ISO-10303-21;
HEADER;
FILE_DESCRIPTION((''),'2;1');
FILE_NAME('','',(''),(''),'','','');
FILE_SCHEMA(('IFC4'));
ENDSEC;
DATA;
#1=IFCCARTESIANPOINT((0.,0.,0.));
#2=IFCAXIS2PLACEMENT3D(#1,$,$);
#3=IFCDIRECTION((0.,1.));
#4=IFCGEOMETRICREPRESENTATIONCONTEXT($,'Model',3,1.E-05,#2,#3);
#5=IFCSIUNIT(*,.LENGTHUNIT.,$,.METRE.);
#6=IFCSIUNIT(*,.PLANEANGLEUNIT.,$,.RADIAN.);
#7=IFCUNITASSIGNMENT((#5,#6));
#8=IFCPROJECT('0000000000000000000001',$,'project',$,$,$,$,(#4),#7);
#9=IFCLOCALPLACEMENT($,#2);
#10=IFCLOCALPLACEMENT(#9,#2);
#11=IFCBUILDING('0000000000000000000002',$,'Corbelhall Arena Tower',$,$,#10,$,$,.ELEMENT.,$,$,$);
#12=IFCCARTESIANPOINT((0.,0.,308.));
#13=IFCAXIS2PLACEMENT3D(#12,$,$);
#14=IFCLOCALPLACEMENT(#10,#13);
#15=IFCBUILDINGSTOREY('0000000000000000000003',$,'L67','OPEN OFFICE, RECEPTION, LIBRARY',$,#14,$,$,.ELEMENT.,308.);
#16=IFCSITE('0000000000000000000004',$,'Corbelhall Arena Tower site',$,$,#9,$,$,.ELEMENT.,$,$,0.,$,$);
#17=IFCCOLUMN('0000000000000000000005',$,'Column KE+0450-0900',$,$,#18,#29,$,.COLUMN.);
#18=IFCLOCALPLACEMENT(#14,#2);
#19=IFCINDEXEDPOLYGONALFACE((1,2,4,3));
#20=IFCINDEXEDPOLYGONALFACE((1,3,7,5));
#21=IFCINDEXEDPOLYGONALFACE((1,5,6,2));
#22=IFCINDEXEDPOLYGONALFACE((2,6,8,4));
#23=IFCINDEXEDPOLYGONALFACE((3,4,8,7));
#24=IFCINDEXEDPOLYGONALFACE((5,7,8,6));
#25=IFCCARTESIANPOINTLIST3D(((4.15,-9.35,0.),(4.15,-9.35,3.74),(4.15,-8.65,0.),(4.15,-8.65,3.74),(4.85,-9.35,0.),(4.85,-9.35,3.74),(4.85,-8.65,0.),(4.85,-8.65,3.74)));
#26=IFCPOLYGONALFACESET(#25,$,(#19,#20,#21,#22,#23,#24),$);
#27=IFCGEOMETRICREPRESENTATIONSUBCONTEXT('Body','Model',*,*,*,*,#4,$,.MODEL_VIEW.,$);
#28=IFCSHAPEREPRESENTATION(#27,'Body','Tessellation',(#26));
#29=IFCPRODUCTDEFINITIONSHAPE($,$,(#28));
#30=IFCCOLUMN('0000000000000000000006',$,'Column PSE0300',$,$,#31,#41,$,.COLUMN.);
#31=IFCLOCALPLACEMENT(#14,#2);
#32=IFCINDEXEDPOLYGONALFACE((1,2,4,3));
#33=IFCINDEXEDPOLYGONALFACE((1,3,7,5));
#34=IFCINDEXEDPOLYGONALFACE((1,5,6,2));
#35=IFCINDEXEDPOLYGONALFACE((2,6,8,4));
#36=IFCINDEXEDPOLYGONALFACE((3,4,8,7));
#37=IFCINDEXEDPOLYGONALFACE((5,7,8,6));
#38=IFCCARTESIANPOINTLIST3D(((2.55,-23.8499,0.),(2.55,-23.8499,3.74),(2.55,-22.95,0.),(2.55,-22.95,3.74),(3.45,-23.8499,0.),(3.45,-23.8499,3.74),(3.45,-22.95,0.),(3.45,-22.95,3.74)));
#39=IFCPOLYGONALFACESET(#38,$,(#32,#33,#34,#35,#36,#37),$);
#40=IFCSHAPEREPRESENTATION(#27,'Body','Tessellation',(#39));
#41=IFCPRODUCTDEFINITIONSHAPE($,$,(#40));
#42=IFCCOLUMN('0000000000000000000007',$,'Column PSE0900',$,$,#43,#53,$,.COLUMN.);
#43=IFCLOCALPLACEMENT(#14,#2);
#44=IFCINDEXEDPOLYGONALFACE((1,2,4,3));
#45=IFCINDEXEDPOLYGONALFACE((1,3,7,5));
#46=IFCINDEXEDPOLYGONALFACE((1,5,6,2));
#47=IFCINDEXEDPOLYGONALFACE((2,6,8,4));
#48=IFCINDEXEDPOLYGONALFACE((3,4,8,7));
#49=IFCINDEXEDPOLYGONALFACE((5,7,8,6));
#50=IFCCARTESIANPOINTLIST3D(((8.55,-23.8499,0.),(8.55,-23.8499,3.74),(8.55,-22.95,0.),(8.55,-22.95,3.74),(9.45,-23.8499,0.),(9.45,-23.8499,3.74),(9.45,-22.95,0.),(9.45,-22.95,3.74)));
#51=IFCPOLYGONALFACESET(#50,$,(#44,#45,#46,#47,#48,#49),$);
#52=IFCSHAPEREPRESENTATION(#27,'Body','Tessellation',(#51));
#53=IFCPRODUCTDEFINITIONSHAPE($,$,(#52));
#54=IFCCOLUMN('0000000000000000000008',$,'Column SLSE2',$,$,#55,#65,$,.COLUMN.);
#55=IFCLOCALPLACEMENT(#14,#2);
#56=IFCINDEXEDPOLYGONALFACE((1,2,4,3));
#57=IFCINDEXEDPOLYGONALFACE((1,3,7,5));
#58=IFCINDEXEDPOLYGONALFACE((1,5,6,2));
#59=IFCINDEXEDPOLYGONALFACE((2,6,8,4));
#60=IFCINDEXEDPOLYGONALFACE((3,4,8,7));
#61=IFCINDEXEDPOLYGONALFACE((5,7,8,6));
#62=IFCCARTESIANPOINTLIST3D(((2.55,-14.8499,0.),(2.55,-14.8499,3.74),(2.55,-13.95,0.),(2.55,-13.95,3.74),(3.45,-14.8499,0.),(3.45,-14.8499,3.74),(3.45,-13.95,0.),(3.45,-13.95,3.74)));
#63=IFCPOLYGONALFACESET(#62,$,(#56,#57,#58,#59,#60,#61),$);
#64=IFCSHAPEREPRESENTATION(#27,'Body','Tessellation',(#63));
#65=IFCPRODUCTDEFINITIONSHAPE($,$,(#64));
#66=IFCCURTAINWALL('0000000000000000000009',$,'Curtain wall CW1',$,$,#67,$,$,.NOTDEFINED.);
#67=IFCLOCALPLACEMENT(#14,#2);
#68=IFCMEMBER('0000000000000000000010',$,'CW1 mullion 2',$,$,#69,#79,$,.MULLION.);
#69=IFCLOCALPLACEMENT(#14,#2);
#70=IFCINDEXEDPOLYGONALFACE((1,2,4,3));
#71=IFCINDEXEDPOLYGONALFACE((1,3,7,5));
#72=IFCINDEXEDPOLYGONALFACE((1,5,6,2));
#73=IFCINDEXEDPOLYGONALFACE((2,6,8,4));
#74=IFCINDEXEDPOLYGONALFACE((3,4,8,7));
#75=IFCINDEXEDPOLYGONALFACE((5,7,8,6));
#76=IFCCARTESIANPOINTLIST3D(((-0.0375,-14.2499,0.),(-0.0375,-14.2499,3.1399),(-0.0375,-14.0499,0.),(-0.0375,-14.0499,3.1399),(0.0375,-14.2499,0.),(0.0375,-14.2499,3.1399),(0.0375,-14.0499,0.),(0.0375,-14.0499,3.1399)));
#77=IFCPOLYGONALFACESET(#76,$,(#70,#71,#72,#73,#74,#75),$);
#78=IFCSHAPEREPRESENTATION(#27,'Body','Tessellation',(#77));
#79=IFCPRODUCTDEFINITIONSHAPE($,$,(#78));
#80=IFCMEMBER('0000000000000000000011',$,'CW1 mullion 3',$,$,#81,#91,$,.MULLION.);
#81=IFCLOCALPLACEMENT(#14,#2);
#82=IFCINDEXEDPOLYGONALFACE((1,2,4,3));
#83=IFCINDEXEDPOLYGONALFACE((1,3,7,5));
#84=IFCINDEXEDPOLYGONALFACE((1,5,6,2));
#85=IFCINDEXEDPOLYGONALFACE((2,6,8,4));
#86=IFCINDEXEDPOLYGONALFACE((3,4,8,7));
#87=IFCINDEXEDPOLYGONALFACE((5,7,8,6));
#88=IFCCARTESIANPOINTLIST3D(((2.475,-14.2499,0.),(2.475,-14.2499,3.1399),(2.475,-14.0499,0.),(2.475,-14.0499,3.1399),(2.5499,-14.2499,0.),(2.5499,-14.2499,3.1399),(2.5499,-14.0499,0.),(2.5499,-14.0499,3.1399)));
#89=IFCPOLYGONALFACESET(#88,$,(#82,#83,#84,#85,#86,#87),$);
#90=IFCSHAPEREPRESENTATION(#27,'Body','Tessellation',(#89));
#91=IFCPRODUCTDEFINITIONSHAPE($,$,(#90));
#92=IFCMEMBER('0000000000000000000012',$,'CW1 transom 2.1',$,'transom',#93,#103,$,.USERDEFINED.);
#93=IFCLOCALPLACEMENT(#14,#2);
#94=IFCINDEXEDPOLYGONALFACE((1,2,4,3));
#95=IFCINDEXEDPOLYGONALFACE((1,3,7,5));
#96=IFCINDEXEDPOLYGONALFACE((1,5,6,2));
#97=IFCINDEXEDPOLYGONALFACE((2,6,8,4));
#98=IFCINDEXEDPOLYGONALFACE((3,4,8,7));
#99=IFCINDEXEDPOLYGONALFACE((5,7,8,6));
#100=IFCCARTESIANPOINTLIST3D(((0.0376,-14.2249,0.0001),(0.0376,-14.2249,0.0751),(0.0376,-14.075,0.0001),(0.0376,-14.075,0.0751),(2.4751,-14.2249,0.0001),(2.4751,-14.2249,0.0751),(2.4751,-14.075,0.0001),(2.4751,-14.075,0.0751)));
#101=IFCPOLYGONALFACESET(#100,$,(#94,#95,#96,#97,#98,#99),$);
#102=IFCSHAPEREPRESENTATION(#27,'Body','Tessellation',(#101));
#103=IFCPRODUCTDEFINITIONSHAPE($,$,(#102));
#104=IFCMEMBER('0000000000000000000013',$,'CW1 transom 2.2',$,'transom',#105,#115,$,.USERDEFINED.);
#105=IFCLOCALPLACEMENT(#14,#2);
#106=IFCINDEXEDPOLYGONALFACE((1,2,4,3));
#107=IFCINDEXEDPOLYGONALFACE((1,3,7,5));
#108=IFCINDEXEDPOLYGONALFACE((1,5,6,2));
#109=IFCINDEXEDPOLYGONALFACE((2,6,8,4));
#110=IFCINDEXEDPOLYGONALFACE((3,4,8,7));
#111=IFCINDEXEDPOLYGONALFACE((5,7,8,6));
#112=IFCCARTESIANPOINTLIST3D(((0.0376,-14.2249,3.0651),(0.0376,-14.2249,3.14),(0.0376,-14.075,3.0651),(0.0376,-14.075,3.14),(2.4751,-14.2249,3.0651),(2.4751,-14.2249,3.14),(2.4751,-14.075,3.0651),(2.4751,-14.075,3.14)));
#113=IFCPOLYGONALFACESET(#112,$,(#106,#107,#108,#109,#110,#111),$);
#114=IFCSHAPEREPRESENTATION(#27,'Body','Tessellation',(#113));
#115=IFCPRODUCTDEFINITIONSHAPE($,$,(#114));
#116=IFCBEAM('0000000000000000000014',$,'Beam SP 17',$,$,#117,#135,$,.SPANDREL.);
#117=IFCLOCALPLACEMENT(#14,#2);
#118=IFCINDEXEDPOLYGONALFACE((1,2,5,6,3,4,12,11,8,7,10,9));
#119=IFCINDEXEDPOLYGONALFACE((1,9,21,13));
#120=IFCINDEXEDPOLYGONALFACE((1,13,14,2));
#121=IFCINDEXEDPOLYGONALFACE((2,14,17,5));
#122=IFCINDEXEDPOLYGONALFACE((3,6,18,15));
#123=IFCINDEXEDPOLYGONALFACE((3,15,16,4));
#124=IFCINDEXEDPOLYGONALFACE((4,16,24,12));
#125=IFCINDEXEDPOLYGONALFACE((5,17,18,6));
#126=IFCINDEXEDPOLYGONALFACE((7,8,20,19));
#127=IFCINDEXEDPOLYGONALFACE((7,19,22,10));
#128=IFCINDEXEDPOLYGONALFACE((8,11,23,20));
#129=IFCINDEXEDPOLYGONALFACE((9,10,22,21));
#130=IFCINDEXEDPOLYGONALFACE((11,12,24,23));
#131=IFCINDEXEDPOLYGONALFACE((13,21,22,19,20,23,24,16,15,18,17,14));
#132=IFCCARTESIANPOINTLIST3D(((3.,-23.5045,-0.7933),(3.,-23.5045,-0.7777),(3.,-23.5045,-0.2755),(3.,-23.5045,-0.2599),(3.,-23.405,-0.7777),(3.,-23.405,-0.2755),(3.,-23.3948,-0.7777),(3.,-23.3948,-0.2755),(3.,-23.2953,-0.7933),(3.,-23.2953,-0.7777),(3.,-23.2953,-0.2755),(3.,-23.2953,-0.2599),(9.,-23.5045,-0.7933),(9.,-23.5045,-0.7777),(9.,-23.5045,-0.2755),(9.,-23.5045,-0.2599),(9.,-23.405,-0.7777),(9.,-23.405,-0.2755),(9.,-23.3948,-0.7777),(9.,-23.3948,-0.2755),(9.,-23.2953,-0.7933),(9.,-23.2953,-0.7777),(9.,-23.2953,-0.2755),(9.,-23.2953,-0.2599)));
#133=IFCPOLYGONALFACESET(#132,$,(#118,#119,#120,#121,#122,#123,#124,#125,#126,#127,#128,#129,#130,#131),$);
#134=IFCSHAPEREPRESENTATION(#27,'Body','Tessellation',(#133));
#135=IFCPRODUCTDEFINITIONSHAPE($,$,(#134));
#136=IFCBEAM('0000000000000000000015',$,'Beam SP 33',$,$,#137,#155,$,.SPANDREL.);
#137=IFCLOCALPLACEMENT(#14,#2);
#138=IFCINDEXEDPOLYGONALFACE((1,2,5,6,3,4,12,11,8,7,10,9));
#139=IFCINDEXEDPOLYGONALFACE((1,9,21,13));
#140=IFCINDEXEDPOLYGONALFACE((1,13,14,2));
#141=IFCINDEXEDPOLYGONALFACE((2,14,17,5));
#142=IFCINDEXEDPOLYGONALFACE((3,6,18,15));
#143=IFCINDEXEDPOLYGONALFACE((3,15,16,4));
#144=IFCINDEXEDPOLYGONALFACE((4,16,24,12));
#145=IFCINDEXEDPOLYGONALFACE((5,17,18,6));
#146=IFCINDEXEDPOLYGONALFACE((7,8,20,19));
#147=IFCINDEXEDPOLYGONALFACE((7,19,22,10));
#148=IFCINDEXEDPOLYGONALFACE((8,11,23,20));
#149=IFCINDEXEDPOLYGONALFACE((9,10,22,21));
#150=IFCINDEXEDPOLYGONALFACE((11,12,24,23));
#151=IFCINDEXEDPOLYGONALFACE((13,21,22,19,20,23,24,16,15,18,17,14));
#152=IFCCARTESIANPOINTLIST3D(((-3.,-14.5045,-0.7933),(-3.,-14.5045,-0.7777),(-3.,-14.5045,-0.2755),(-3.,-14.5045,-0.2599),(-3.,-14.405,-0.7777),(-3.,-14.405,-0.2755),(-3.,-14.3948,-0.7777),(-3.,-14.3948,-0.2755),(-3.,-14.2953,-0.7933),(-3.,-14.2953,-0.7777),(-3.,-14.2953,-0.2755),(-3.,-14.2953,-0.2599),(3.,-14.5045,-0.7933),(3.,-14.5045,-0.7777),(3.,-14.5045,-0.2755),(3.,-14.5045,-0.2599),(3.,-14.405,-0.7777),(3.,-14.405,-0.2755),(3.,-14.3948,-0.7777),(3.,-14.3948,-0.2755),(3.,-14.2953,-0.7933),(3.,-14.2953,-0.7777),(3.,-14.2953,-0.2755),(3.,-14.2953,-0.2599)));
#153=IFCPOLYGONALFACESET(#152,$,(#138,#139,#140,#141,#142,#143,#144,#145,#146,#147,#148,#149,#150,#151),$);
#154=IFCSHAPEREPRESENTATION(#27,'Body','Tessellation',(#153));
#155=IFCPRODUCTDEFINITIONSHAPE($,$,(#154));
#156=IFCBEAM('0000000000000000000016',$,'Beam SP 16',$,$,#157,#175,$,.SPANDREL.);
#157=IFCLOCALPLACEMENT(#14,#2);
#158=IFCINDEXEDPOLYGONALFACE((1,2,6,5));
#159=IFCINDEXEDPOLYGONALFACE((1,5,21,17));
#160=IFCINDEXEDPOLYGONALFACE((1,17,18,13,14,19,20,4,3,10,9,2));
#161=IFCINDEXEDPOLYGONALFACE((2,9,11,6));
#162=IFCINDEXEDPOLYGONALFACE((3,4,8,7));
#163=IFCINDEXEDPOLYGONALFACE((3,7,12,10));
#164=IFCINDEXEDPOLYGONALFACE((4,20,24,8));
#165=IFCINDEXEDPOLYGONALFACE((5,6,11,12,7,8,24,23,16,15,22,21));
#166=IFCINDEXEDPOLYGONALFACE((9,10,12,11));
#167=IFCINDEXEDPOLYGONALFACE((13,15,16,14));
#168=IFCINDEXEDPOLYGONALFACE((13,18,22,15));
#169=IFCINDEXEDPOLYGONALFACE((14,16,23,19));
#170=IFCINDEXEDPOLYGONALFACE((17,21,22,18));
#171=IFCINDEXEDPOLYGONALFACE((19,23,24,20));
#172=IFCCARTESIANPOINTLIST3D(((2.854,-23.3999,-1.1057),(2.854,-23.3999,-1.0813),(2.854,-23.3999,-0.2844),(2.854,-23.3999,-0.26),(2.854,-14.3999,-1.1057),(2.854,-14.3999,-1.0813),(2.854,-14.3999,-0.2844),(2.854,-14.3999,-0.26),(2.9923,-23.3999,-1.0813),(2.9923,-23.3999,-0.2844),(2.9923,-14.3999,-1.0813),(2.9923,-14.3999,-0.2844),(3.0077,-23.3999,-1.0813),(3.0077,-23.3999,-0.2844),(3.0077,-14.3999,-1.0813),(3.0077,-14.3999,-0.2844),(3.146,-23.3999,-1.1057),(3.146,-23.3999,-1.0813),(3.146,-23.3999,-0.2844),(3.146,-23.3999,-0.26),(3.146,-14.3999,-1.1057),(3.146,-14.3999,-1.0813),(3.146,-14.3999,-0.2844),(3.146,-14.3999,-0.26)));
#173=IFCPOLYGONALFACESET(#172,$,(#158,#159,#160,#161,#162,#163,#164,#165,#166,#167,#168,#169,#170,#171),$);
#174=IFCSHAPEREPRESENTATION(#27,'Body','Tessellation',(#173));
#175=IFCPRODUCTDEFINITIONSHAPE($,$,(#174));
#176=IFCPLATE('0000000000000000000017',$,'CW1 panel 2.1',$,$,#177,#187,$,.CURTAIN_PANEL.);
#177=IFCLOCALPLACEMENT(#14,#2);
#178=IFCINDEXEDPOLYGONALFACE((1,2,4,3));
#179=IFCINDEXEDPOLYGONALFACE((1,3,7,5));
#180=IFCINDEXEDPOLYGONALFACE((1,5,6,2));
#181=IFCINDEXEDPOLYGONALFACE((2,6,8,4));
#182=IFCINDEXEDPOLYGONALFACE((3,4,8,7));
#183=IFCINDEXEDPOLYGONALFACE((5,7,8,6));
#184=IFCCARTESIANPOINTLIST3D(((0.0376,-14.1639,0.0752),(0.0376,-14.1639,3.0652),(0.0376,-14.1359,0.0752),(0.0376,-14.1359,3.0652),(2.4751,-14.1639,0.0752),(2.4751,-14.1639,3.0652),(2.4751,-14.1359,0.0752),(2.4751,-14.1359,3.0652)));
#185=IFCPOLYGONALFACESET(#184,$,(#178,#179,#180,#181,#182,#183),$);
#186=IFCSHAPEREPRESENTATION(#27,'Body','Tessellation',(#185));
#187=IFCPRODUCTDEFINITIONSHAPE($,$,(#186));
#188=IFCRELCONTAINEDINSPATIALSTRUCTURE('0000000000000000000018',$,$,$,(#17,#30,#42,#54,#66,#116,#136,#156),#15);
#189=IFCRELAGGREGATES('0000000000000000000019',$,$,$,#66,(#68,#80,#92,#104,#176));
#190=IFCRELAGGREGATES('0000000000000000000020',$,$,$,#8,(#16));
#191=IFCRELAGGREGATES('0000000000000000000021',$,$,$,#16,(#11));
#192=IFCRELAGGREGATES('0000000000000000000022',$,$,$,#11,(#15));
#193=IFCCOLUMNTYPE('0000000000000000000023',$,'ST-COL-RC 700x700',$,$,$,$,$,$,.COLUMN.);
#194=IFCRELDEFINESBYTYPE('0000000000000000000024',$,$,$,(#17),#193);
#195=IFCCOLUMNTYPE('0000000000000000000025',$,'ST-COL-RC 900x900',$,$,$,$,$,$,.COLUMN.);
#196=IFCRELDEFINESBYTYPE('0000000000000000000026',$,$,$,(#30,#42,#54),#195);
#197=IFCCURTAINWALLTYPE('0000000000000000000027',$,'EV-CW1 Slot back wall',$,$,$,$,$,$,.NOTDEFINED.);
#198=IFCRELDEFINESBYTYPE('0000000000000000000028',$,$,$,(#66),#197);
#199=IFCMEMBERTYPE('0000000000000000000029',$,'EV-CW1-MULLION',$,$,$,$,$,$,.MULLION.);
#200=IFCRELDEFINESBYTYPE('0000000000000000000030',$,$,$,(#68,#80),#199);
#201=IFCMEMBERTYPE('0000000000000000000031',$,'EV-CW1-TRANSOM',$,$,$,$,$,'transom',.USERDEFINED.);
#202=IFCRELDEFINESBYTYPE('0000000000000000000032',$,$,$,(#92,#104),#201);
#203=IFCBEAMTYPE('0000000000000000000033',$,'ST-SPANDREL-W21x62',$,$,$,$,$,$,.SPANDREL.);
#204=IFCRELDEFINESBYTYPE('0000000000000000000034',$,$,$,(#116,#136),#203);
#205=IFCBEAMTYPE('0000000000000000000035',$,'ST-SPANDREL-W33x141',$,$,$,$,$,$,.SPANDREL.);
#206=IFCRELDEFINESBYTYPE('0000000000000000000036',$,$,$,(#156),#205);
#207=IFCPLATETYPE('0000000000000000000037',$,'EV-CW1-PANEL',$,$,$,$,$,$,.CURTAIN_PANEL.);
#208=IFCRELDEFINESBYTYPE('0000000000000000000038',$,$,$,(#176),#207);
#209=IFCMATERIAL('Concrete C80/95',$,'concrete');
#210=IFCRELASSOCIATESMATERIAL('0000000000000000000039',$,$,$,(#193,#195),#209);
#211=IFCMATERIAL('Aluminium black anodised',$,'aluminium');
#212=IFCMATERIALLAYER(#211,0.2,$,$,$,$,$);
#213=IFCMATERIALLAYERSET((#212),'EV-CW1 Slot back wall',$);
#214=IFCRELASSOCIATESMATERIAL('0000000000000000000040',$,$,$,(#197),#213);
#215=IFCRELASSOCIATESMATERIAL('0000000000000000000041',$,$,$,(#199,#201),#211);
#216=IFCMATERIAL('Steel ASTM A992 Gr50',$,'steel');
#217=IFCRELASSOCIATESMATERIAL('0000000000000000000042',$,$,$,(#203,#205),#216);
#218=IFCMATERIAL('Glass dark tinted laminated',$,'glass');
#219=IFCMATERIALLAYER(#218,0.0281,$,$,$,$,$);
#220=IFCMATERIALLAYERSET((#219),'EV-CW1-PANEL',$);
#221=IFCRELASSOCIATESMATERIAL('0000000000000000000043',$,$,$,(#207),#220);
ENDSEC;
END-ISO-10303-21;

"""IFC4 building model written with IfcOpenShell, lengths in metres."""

from ifc_helpers import new_model, si_unit, direction, frame, origin, origin_2d, place, context, subcontext, project, spatial, rectangle, i_section, extrude, material, layer, layer_set, material_profile, profile_set, type_object, element, aggregate, save


model = new_model("IFC4")

# Units and contexts
model_context = context("Model", 3, precision=1e-05, world=origin(), true_north=direction((0.0, 1.0)))
body_context = subcontext(model_context, "Body", "Model", "MODEL_VIEW")
ifc_project = project(units=[si_unit("LENGTHUNIT", "METRE"), si_unit("PLANEANGLEUNIT", "RADIAN")], contexts=[model_context])

# Site, building, storey
site_placement = place(None, origin())
site = spatial("IfcSite", under=ifc_project, at=site_placement, Name="Corbelhall Arena Tower site", CompositionType="ELEMENT", RefElevation=0.0)
building_placement = place(site_placement, origin())
building = spatial("IfcBuilding", under=site, at=building_placement, Name="Corbelhall Arena Tower", CompositionType="ELEMENT")
storey_placement = place(building_placement, frame((0.0, 0.0, 308.0)))
storey = spatial("IfcBuildingStorey", under=building, at=storey_placement, Name="L67", Description="OPEN OFFICE, RECEPTION, LIBRARY", CompositionType="ELEMENT", Elevation=308.0)

# Columns
ifc_material_1 = material(Name="Concrete C80/95", Category="concrete")
ifc_material_profile_1 = material_profile(ifc_material_1, rectangle(XDim=0.7, YDim=0.7, at=origin_2d()))
ifc_profile_set_1 = profile_set([ifc_material_profile_1], Name="Concrete C80/95")
column_type_1 = type_object("IfcColumnType", Name="ST-COL-RC 700x700", PredefinedType="COLUMN", material=ifc_profile_set_1)
column_placement = place(storey_placement, frame((4.5, -9.0, 0.0), z_axis=(0.0, 0.0, 1.0), x_axis=(1.0, 0.0, 0.0)))
element("IfcColumn", 1, at=column_placement, inside=storey, type_object=column_type_1, Name="Column KE+0450-0900", PredefinedType="COLUMN", context=body_context, shape_type="SweptSolid", body=[
    extrude(rectangle(XDim=0.7, YDim=0.7, at=origin_2d()), origin(), (0.0, 0.0, 1.0), 3.74),
])
ifc_material_profile_2 = material_profile(ifc_material_1, rectangle(XDim=0.8999, YDim=0.8999, at=origin_2d()))
ifc_profile_set_2 = profile_set([ifc_material_profile_2], Name="Concrete C80/95")
column_type_2 = type_object("IfcColumnType", Name="ST-COL-RC 900x900", PredefinedType="COLUMN", material=ifc_profile_set_2)
for number, where, z_axis, x_axis, name in (
    (2, (3.0, -23.3999, 0.0), (0.0, 0.0, 1.0), (1.0, 0.0, 0.0), "Column PSE0300"),
    (3, (9.0, -23.3999, 0.0), (0.0, 0.0, 1.0), (1.0, 0.0, 0.0), "Column PSE0900"),
    (4, (3.0, -14.3999, 0.0), (0.0, 0.0, 1.0), (1.0, 0.0, 0.0), "Column SLSE2"),
):
    element("IfcColumn", number, at=place(storey_placement, frame(where, z_axis=z_axis, x_axis=x_axis)), inside=storey, type_object=column_type_2, Name=name, PredefinedType="COLUMN", context=body_context, shape_type="SweptSolid", body=[
        extrude(rectangle(XDim=0.8999, YDim=0.8999, at=origin_2d()), origin(), (0.0, 0.0, 1.0), 3.74),
    ])

# Curtain wall, members
ifc_material_2 = material(Name="Aluminium black anodised", Category="aluminium")
ifc_layer_1 = layer(ifc_material_2, 0.2)
ifc_layer_set_1 = layer_set([ifc_layer_1], Name="EV-CW1 Slot back wall")
curtain_wall_type = type_object("IfcCurtainWallType", Name="EV-CW1 Slot back wall", PredefinedType="NOTDEFINED", material=ifc_layer_set_1)
curtain_wall_placement = place(storey_placement, origin())
curtain_wall = element("IfcCurtainWall", 5, at=curtain_wall_placement, inside=storey, type_object=curtain_wall_type, Name="Curtain wall CW1", PredefinedType="NOTDEFINED")
ifc_material_profile_3 = material_profile(ifc_material_2, rectangle(XDim=0.2, YDim=0.075, at=origin_2d()))
ifc_profile_set_3 = profile_set([ifc_material_profile_3], Name="Aluminium black anodised")
member_type_1 = type_object("IfcMemberType", Name="EV-CW1-MULLION", PredefinedType="MULLION", material=ifc_profile_set_3)
member_1_placement = place(storey_placement, frame((0.0, -14.1499, 0.0), z_axis=(0.0, 0.0, 1.0), x_axis=(0.0, 1.0, 0.0)))
member_1 = element("IfcMember", 6, at=member_1_placement, type_object=member_type_1, Name="CW1 mullion 2", PredefinedType="MULLION", context=body_context, shape_type="SweptSolid", body=[
    extrude(rectangle(XDim=0.2, YDim=0.075, at=origin_2d()), origin(), (0.0, 0.0, 1.0), 3.1399),
])
member_2_placement = place(storey_placement, frame((2.5125, -14.1499, 0.0), z_axis=(0.0, 0.0, 1.0), x_axis=(0.0, 1.0, 0.0)))
member_2 = element("IfcMember", 7, at=member_2_placement, type_object=member_type_1, Name="CW1 mullion 3", PredefinedType="MULLION", context=body_context, shape_type="SweptSolid", body=[
    extrude(rectangle(XDim=0.2, YDim=0.075, at=origin_2d()), origin(), (0.0, 0.0, 1.0), 3.1399),
])
ifc_material_profile_4 = material_profile(ifc_material_2, rectangle(XDim=0.1499, YDim=0.075, at=origin_2d()))
ifc_profile_set_4 = profile_set([ifc_material_profile_4], Name="Aluminium black anodised")
member_type_2 = type_object("IfcMemberType", Name="EV-CW1-TRANSOM", ElementType="transom", PredefinedType="USERDEFINED", material=ifc_profile_set_4)
member_3_placement = place(storey_placement, frame((0.0376, -14.1499, 0.0376), z_axis=(1.0, 0.0, 0.0), x_axis=(0.0, 1.0, 0.0)))
member_3 = element("IfcMember", 8, at=member_3_placement, type_object=member_type_2, Name="CW1 transom 2.1", ObjectType="transom", PredefinedType="USERDEFINED", context=body_context, shape_type="SweptSolid", body=[
    extrude(rectangle(XDim=0.1499, YDim=0.075, at=origin_2d()), origin(), (0.0, 0.0, 1.0), 2.4375),
])
member_4_placement = place(storey_placement, frame((0.0376, -14.1499, 3.1025), z_axis=(1.0, 0.0, 0.0), x_axis=(0.0, 1.0, 0.0)))
member_4 = element("IfcMember", 9, at=member_4_placement, type_object=member_type_2, Name="CW1 transom 2.2", ObjectType="transom", PredefinedType="USERDEFINED", context=body_context, shape_type="SweptSolid", body=[
    extrude(rectangle(XDim=0.1499, YDim=0.075, at=origin_2d()), origin(), (0.0, 0.0, 1.0), 2.4375),
])

# Beams
ifc_material_3 = material(Name="Steel ASTM A992 Gr50", Category="steel")
ifc_material_profile_5 = material_profile(ifc_material_3, i_section(OverallWidth=0.2092, OverallDepth=0.5334, WebThickness=0.0103, FlangeThickness=0.0156, at=origin_2d()))
ifc_profile_set_5 = profile_set([ifc_material_profile_5], Name="Steel ASTM A992 Gr50")
beam_type_1 = type_object("IfcBeamType", Name="ST-SPANDREL-W21x62", PredefinedType="SPANDREL", material=ifc_profile_set_5)
for number, where, z_axis, x_axis, name in (
    (10, (9.0, -23.3999, -0.5266), (-1.0, 0.0, 0.0), (0.0, -1.0, 0.0), "Beam SP 17"),
    (11, (3.0, -14.3999, -0.5266), (-1.0, 0.0, 0.0), (0.0, -1.0, 0.0), "Beam SP 33"),
):
    element("IfcBeam", number, at=place(storey_placement, frame(where, z_axis=z_axis, x_axis=x_axis)), inside=storey, type_object=beam_type_1, Name=name, PredefinedType="SPANDREL", context=body_context, shape_type="SweptSolid", body=[
        extrude(i_section(OverallWidth=0.2092, OverallDepth=0.5334, WebThickness=0.0103, FlangeThickness=0.0156, at=origin_2d()), origin(), (0.0, 0.0, 1.0), 6.0),
    ])
ifc_material_profile_6 = material_profile(ifc_material_3, i_section(OverallWidth=0.292, OverallDepth=0.8457, WebThickness=0.0154, FlangeThickness=0.0244, at=origin_2d()))
ifc_profile_set_6 = profile_set([ifc_material_profile_6], Name="Steel ASTM A992 Gr50")
beam_type_2 = type_object("IfcBeamType", Name="ST-SPANDREL-W33x141", PredefinedType="SPANDREL", material=ifc_profile_set_6)
beam_placement = place(storey_placement, frame((3.0, -23.3999, -0.6829), z_axis=(0.0, 1.0, 0.0), x_axis=(-1.0, 0.0, 0.0)))
element("IfcBeam", 12, at=beam_placement, inside=storey, type_object=beam_type_2, Name="Beam SP 16", PredefinedType="SPANDREL", context=body_context, shape_type="SweptSolid", body=[
    extrude(i_section(OverallWidth=0.292, OverallDepth=0.8457, WebThickness=0.0154, FlangeThickness=0.0244, at=origin_2d()), origin(), (0.0, 0.0, 1.0), 9.0),
])

# Plate
ifc_material_4 = material(Name="Glass dark tinted laminated", Category="glass")
ifc_layer_2 = layer(ifc_material_4, 0.0281)
ifc_layer_set_2 = layer_set([ifc_layer_2], Name="EV-CW1-PANEL")
plate_type = type_object("IfcPlateType", Name="EV-CW1-PANEL", PredefinedType="CURTAIN_PANEL", material=ifc_layer_set_2)
plate_placement = place(storey_placement, frame((1.2563, -14.1499, 0.0752), z_axis=(0.0, 0.0, 1.0), x_axis=(1.0, 0.0, 0.0)))
plate = element("IfcPlate", 13, at=plate_placement, type_object=plate_type, Name="CW1 panel 2.1", PredefinedType="CURTAIN_PANEL", context=body_context, shape_type="SweptSolid", body=[
    extrude(rectangle(XDim=2.4375, YDim=0.0281, at=origin_2d()), origin(), (0.0, 0.0, 1.0), 2.99),
])
aggregate(curtain_wall, [member_1, member_2, member_3, member_4, plate])

save(model, "model.ifc")
